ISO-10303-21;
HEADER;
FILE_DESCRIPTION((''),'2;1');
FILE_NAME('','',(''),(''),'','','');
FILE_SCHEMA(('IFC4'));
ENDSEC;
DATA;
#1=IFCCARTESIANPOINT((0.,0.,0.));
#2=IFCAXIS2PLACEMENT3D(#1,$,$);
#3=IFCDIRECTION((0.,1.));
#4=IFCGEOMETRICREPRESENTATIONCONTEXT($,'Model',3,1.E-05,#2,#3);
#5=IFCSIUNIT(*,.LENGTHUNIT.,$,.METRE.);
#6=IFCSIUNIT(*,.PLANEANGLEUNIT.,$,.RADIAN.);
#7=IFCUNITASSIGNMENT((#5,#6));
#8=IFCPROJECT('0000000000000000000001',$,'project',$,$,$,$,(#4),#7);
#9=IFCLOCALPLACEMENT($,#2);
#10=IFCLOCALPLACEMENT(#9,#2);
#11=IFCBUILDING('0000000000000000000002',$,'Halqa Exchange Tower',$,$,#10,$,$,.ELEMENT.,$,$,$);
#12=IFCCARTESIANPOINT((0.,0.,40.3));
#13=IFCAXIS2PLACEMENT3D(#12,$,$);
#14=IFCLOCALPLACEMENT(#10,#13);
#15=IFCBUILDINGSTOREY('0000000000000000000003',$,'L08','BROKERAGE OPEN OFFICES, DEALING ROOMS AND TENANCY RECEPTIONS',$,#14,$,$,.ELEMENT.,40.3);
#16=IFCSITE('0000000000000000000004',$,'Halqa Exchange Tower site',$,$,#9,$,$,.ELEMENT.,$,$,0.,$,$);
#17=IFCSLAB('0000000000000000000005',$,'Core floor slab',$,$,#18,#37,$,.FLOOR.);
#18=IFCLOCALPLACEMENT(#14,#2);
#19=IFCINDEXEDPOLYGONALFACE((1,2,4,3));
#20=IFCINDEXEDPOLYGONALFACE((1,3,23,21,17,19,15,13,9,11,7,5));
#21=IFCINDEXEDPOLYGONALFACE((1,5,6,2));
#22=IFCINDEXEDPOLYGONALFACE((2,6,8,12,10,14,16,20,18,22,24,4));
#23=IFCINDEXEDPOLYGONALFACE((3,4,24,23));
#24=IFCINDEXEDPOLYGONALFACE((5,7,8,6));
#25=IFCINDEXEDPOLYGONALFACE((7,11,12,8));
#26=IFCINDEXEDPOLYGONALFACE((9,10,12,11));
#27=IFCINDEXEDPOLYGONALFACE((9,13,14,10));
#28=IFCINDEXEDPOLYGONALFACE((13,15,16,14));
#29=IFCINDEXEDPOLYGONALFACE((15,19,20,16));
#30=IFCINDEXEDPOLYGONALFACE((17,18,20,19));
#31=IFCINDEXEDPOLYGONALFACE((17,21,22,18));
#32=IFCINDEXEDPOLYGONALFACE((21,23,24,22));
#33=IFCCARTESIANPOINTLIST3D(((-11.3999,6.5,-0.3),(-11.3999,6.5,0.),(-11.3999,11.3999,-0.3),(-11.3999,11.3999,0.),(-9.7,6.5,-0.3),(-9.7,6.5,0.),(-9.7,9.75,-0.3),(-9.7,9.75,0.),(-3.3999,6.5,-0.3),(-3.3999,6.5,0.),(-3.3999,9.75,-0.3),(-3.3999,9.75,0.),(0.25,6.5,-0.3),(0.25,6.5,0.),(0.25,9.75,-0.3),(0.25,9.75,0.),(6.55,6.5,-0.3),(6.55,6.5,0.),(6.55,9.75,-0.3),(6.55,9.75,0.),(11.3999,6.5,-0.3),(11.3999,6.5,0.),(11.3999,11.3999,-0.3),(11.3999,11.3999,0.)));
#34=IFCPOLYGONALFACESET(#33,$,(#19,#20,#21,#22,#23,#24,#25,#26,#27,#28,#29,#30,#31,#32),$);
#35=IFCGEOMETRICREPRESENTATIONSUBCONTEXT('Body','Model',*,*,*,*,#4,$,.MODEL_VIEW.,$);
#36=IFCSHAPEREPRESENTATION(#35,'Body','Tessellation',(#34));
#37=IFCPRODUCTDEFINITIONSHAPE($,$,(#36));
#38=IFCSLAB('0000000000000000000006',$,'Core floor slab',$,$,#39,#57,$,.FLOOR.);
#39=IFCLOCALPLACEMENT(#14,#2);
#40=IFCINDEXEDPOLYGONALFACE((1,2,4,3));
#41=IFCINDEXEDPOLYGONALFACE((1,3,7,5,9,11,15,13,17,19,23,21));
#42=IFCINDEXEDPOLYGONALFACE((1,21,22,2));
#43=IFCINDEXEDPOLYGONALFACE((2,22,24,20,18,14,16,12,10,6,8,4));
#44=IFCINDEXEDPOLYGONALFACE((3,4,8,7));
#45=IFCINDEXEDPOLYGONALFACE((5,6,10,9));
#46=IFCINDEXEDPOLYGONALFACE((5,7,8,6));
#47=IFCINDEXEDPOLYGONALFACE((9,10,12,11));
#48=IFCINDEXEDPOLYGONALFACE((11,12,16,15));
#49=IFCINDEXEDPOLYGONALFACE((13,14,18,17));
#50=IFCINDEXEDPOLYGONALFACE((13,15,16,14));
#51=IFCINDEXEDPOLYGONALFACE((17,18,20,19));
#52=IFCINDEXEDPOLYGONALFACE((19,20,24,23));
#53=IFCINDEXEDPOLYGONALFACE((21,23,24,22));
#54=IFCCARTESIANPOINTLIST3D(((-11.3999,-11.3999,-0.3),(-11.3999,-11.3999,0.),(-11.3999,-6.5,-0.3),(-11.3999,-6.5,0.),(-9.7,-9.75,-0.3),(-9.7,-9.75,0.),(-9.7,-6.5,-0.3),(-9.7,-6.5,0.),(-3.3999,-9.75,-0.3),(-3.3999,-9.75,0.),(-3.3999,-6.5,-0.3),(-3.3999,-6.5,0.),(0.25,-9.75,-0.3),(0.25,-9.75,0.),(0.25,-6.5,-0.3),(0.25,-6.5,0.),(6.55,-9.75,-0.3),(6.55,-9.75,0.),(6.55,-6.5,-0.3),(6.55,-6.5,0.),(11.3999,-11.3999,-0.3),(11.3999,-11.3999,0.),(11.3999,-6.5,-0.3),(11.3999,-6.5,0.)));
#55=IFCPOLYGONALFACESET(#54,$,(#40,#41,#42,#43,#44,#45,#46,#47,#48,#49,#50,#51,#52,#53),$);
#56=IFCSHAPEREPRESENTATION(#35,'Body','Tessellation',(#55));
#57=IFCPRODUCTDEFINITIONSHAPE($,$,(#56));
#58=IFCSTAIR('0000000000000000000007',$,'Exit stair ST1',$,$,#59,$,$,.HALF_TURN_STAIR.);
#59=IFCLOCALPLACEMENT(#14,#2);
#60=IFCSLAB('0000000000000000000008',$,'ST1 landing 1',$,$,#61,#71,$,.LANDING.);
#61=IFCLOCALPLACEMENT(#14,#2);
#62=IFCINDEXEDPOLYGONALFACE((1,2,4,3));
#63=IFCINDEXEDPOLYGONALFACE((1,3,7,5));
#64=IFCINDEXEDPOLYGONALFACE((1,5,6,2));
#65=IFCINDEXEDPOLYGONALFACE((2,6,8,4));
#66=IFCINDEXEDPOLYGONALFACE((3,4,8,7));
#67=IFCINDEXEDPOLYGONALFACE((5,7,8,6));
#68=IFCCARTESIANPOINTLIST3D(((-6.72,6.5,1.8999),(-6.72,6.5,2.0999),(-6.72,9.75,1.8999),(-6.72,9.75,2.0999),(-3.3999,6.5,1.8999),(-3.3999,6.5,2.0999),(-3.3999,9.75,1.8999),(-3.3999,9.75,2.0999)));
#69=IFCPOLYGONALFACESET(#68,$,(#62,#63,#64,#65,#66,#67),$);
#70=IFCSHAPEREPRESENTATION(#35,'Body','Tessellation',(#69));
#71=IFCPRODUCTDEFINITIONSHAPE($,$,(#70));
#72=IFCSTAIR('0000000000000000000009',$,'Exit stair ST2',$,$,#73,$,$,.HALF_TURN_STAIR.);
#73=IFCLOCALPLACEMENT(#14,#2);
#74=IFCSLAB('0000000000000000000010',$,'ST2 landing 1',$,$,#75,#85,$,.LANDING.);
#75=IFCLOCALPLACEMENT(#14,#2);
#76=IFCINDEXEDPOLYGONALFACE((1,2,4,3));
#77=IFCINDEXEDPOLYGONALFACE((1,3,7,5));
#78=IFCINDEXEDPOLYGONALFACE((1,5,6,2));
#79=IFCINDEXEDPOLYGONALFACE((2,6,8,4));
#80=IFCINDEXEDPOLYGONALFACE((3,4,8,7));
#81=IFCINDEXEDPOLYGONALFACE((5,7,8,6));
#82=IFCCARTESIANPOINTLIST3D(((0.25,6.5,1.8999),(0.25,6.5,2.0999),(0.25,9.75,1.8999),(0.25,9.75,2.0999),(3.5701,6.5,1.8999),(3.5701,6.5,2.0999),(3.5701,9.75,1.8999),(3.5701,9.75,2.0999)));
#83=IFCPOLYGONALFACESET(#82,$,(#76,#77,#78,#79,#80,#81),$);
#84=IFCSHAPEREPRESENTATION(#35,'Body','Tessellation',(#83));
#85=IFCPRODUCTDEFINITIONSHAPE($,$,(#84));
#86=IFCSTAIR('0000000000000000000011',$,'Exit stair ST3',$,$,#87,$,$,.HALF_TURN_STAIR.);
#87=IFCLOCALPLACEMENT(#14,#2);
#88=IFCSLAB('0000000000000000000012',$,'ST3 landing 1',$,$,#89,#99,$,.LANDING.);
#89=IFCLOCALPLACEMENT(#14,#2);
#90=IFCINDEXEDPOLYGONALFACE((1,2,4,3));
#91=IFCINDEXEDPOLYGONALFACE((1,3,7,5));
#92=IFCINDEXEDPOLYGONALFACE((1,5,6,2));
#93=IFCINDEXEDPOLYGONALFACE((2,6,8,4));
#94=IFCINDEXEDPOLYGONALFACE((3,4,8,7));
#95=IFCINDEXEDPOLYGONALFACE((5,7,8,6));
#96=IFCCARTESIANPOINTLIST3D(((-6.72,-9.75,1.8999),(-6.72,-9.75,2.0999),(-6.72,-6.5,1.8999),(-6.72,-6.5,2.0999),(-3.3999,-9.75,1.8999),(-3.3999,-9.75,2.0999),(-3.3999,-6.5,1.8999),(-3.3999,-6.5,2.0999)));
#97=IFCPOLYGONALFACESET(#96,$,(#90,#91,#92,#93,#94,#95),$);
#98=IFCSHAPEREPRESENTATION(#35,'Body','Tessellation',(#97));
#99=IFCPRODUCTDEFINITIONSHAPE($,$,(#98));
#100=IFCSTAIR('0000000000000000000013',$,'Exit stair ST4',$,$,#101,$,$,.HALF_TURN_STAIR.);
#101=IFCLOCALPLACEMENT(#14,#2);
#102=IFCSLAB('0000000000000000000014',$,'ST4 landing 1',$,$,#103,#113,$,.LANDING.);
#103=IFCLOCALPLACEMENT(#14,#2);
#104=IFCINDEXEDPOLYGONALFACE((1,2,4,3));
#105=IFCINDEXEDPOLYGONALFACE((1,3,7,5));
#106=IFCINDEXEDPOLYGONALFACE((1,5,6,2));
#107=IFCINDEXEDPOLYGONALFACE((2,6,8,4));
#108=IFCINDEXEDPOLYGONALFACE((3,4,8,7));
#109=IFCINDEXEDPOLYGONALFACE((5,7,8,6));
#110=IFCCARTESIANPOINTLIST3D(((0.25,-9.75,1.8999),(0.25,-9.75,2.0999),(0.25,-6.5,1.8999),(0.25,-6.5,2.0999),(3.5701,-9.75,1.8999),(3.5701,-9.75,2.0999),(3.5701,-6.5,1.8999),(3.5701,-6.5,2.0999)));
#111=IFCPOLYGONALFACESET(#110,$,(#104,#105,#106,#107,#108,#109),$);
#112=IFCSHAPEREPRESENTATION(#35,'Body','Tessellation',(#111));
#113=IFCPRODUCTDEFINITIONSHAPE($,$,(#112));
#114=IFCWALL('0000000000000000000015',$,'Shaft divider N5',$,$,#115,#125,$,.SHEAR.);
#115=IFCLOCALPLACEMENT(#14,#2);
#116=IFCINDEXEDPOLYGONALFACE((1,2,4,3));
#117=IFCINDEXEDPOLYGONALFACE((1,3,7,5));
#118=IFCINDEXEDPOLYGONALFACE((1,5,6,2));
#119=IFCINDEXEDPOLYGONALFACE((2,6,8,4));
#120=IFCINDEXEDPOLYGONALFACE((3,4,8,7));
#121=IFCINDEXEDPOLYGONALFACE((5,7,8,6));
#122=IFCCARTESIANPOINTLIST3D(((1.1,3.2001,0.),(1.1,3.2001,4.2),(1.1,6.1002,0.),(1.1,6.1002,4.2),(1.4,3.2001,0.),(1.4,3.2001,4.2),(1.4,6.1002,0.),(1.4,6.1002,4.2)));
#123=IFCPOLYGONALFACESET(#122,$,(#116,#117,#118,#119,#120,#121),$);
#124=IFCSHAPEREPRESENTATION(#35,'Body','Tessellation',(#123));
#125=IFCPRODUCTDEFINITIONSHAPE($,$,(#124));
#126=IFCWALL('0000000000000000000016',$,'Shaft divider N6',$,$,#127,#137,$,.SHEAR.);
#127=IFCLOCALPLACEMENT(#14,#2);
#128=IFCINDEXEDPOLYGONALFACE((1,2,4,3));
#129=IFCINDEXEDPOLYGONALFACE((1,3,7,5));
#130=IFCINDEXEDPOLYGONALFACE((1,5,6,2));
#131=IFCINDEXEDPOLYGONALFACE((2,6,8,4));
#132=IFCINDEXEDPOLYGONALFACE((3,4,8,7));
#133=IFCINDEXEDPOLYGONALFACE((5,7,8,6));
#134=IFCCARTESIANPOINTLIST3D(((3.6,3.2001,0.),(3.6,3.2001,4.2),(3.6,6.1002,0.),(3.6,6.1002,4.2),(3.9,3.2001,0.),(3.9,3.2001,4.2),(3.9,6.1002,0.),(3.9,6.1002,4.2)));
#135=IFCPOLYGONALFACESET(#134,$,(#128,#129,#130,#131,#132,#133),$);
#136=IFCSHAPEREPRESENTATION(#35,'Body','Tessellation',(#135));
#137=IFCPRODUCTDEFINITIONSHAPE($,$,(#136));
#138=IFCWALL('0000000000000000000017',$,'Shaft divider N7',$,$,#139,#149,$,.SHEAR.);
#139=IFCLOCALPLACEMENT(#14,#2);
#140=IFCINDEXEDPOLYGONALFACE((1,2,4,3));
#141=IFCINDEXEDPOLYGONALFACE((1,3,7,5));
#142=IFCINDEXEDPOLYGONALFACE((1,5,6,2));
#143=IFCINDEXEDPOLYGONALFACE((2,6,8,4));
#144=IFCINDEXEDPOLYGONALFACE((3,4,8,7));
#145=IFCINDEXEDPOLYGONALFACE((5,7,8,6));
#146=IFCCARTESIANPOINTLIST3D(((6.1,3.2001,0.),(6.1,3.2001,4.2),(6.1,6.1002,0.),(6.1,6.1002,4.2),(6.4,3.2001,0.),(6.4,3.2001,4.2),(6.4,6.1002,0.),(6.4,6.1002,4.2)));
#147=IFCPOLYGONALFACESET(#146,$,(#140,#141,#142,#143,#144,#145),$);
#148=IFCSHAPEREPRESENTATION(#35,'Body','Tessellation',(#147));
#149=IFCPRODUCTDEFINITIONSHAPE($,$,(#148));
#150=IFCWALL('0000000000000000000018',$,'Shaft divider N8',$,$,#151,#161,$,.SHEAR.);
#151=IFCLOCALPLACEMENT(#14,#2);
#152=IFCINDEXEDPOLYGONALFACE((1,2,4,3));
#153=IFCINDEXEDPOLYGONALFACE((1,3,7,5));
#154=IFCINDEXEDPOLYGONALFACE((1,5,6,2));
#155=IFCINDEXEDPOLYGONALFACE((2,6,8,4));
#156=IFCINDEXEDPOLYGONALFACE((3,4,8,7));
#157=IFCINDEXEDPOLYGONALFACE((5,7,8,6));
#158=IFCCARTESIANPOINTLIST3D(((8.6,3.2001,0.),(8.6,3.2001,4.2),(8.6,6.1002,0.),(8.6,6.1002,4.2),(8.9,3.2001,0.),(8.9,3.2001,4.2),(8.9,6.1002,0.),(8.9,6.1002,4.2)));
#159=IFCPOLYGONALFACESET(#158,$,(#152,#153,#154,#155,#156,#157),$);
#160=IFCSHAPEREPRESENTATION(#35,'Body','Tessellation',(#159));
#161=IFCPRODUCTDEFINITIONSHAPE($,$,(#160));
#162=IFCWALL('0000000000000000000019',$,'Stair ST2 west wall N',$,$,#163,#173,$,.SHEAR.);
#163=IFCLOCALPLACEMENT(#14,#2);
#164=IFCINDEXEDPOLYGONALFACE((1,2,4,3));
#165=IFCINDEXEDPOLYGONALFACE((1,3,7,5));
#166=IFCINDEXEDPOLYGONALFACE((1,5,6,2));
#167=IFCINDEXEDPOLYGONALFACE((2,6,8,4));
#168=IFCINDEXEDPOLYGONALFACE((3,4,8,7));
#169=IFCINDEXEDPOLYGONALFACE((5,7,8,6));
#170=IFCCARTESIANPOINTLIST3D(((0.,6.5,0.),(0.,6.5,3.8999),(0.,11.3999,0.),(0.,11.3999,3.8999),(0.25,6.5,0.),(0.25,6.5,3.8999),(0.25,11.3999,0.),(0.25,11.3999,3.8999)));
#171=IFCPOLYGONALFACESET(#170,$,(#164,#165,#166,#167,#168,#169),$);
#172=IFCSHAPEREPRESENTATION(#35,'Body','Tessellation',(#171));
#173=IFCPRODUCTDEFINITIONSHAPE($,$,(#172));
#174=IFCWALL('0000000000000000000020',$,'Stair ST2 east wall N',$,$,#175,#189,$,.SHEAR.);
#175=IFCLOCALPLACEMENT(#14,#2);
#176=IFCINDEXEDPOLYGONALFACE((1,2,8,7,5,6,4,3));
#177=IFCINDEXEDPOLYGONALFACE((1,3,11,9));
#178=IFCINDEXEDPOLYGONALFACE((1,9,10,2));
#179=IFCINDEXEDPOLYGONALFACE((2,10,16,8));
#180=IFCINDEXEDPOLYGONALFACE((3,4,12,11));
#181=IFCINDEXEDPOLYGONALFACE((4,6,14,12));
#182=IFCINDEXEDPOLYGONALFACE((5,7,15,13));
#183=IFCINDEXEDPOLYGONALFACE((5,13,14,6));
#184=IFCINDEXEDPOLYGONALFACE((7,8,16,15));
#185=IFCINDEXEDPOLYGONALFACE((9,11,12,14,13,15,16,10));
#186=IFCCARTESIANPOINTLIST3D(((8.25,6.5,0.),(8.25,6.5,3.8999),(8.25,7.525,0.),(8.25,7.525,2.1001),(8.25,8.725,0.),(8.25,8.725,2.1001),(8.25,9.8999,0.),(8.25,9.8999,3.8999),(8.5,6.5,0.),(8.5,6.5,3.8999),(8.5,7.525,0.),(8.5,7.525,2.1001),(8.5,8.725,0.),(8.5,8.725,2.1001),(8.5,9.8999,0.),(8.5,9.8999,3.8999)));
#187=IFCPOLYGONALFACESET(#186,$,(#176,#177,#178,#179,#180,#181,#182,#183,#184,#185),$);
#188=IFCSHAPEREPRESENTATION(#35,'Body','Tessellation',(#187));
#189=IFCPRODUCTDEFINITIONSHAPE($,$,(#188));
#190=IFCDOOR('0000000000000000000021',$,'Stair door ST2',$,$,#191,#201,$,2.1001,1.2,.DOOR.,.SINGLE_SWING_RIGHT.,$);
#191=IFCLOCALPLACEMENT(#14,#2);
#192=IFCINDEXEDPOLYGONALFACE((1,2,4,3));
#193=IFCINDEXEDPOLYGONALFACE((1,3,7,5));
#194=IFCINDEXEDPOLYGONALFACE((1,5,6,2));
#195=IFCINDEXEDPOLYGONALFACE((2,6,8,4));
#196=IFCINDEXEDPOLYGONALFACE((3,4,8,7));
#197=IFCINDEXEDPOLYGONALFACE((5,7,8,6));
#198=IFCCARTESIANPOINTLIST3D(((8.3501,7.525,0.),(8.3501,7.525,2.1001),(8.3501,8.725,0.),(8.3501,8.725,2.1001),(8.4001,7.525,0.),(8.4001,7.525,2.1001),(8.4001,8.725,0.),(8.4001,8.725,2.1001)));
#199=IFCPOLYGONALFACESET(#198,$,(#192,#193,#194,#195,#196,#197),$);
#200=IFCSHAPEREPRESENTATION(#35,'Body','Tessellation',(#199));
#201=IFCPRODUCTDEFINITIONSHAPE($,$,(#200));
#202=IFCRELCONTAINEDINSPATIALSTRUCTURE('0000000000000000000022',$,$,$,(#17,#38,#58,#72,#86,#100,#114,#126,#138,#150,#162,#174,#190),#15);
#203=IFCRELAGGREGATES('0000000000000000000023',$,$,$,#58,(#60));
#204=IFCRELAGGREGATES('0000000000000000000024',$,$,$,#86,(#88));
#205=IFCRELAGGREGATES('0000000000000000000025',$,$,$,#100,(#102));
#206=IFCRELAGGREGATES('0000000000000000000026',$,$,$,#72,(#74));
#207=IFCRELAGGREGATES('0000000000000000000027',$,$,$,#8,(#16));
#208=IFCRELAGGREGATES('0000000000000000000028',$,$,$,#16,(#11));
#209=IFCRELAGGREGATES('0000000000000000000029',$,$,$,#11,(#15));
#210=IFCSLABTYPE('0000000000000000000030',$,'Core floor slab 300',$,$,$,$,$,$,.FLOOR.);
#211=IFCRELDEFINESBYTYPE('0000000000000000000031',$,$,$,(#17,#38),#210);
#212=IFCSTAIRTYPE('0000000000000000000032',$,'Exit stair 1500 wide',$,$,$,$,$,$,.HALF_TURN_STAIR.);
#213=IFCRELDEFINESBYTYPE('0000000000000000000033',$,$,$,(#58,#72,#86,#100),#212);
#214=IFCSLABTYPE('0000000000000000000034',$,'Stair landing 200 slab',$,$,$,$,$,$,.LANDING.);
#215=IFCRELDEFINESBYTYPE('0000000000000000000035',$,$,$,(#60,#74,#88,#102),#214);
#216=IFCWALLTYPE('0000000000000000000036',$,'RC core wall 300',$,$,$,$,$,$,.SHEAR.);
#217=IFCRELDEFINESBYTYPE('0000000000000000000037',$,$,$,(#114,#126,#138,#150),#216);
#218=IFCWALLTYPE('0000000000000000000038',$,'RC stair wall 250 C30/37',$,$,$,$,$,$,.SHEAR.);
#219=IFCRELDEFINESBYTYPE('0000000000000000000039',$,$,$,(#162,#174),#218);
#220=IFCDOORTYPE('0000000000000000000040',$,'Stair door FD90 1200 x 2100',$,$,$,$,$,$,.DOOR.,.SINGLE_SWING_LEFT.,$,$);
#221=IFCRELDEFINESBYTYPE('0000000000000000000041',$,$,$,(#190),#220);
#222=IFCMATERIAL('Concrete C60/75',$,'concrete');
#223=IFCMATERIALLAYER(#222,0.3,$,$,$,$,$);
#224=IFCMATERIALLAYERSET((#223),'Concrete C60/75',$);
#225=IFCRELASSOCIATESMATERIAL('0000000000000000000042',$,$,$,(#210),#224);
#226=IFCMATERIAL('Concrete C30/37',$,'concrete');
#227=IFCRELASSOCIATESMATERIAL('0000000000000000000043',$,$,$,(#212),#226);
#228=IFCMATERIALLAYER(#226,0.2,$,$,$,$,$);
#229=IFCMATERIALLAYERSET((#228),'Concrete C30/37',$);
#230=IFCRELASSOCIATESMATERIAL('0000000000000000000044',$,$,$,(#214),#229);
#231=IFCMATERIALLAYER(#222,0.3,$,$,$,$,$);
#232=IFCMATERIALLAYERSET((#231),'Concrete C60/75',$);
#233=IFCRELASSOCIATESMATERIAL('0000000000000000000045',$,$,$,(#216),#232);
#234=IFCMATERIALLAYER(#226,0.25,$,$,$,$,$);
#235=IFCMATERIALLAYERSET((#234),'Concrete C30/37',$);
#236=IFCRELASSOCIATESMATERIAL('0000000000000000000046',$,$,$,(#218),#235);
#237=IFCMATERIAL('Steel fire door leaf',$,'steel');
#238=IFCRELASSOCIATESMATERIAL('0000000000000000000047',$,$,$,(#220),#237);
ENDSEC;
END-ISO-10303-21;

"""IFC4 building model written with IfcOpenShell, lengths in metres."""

from ifc_helpers import new_model, si_unit, direction, frame, frame_2d, origin, place, context, subcontext, project, spatial, polyline, rectangle, outline, extrude, material, layer, layer_set, type_object, element, fill, aggregate, save


model = new_model("IFC4")

# Units and contexts
model_context = context("Model", 3, precision=1e-05, world=origin(), true_north=direction((0.0, 1.0)))
body_context = subcontext(model_context, "Body", "Model", "MODEL_VIEW")
ifc_project = project(units=[si_unit("LENGTHUNIT", "METRE"), si_unit("PLANEANGLEUNIT", "RADIAN")], contexts=[model_context])

# Site, building, storey
site_placement = place(None, origin())
site = spatial("IfcSite", under=ifc_project, at=site_placement, Name="Halqa Exchange Tower site", CompositionType="ELEMENT", RefElevation=0.0)
building_placement = place(site_placement, origin())
building = spatial("IfcBuilding", under=site, at=building_placement, Name="Halqa Exchange Tower", CompositionType="ELEMENT")
storey_placement = place(building_placement, frame((0.0, 0.0, 40.3)))
storey = spatial("IfcBuildingStorey", under=building, at=storey_placement, Name="L08", Description="BROKERAGE OPEN OFFICES, DEALING ROOMS AND TENANCY RECEPTIONS", CompositionType="ELEMENT", Elevation=40.3)

# Slabs
ifc_material_1 = material(Name="Concrete C60/75", Category="concrete")
ifc_layer_1 = layer(ifc_material_1, 0.3)
ifc_layer_set_1 = layer_set([ifc_layer_1], Name="Concrete C60/75")
slab_type_1 = type_object("IfcSlabType", Name="Core floor slab 300", PredefinedType="FLOOR", material=ifc_layer_set_1)
slab_1_placement = place(storey_placement, frame((0.0, 0.0, -0.3)))
element("IfcSlab", 1, at=slab_1_placement, inside=storey, type_object=slab_type_1, Name="Core floor slab", PredefinedType="FLOOR", context=body_context, shape_type="SweptSolid", body=[
    extrude(outline(polyline([(-11.3999, 11.3999), (11.3999, 11.3999), (11.3999, 6.5), (6.55, 6.5), (6.55, 9.75), (0.25, 9.75), (0.25, 6.5), (-3.3999, 6.5), (-3.3999, 9.75), (-9.7, 9.75), (-9.7, 6.5), (-11.3999, 6.5), (-11.3999, 11.3999)])), origin(), (0.0, 0.0, 1.0), 0.3),
])
slab_2_placement = place(storey_placement, frame((0.0, 0.0, -0.3)))
element("IfcSlab", 2, at=slab_2_placement, inside=storey, type_object=slab_type_1, Name="Core floor slab", PredefinedType="FLOOR", context=body_context, shape_type="SweptSolid", body=[
    extrude(outline(polyline([(-9.7, -9.75), (-3.3999, -9.75), (-3.3999, -6.5), (0.25, -6.5), (0.25, -9.75), (6.55, -9.75), (6.55, -6.5), (11.3999, -6.5), (11.3999, -11.3999), (-11.3999, -11.3999), (-11.3999, -6.5), (-9.7, -6.5), (-9.7, -9.75)])), origin(), (0.0, 0.0, 1.0), 0.3),
])

# Stairs, slabs
ifc_material_2 = material(Name="Concrete C30/37", Category="concrete")
stair_type = type_object("IfcStairType", Name="Exit stair 1500 wide", PredefinedType="HALF_TURN_STAIR", material=ifc_material_2)
stair_1_placement = place(storey_placement, origin())
stair_1 = element("IfcStair", 3, at=stair_1_placement, inside=storey, type_object=stair_type, Name="Exit stair ST1", PredefinedType="HALF_TURN_STAIR")
ifc_layer_2 = layer(ifc_material_2, 0.2)
ifc_layer_set_2 = layer_set([ifc_layer_2], Name="Concrete C30/37")
slab_type_2 = type_object("IfcSlabType", Name="Stair landing 200 slab", PredefinedType="LANDING", material=ifc_layer_set_2)
slab_3_placement = place(storey_placement, frame((0.0, 0.0, 1.8999)))
slab_3 = element("IfcSlab", 4, at=slab_3_placement, type_object=slab_type_2, Name="ST1 landing 1", PredefinedType="LANDING", context=body_context, shape_type="SweptSolid", body=[
    extrude(outline(polyline([(-6.72, 6.5), (-3.3999, 6.5), (-3.3999, 9.75), (-6.72, 9.75), (-6.72, 6.5)])), origin(), (0.0, 0.0, 1.0), 0.2),
])
aggregate(stair_1, [slab_3])
stair_2_placement = place(storey_placement, origin())
stair_2 = element("IfcStair", 5, at=stair_2_placement, inside=storey, type_object=stair_type, Name="Exit stair ST2", PredefinedType="HALF_TURN_STAIR")
slab_4_placement = place(storey_placement, frame((0.0, 0.0, 1.8999)))
slab_4 = element("IfcSlab", 6, at=slab_4_placement, type_object=slab_type_2, Name="ST2 landing 1", PredefinedType="LANDING", context=body_context, shape_type="SweptSolid", body=[
    extrude(outline(polyline([(0.25, 6.5), (3.5701, 6.5), (3.5701, 9.75), (0.25, 9.75), (0.25, 6.5)])), origin(), (0.0, 0.0, 1.0), 0.2),
])
stair_3_placement = place(storey_placement, origin())
stair_3 = element("IfcStair", 7, at=stair_3_placement, inside=storey, type_object=stair_type, Name="Exit stair ST3", PredefinedType="HALF_TURN_STAIR")
slab_5_placement = place(storey_placement, frame((0.0, 0.0, 1.8999)))
slab_5 = element("IfcSlab", 8, at=slab_5_placement, type_object=slab_type_2, Name="ST3 landing 1", PredefinedType="LANDING", context=body_context, shape_type="SweptSolid", body=[
    extrude(outline(polyline([(-6.72, -9.75), (-3.3999, -9.75), (-3.3999, -6.5), (-6.72, -6.5), (-6.72, -9.75)])), origin(), (0.0, 0.0, 1.0), 0.2),
])
aggregate(stair_3, [slab_5])
stair_4_placement = place(storey_placement, origin())
stair_4 = element("IfcStair", 9, at=stair_4_placement, inside=storey, type_object=stair_type, Name="Exit stair ST4", PredefinedType="HALF_TURN_STAIR")
slab_6_placement = place(storey_placement, frame((0.0, 0.0, 1.8999)))
slab_6 = element("IfcSlab", 10, at=slab_6_placement, type_object=slab_type_2, Name="ST4 landing 1", PredefinedType="LANDING", context=body_context, shape_type="SweptSolid", body=[
    extrude(outline(polyline([(0.25, -9.75), (3.5701, -9.75), (3.5701, -6.5), (0.25, -6.5), (0.25, -9.75)])), origin(), (0.0, 0.0, 1.0), 0.2),
])
aggregate(stair_4, [slab_6])

# Walls
ifc_layer_3 = layer(ifc_material_1, 0.3)
ifc_layer_set_3 = layer_set([ifc_layer_3], Name="Concrete C60/75")
wall_type_1 = type_object("IfcWallType", Name="RC core wall 300", PredefinedType="SHEAR", material=ifc_layer_set_3)
for number, where, z_axis, x_axis, name in (
    (11, (1.25, 3.2, 0.0), (0.0, 0.0, 1.0), (0.0, 1.0, 0.0), "Shaft divider N5"),
    (12, (3.75, 3.2, 0.0), (0.0, 0.0, 1.0), (0.0, 1.0, 0.0), "Shaft divider N6"),
    (13, (6.25, 3.2, 0.0), (0.0, 0.0, 1.0), (0.0, 1.0, 0.0), "Shaft divider N7"),
    (14, (8.75, 3.2, 0.0), (0.0, 0.0, 1.0), (0.0, 1.0, 0.0), "Shaft divider N8"),
):
    element("IfcWall", number, at=place(storey_placement, frame(where, z_axis=z_axis, x_axis=x_axis)), inside=storey, type_object=wall_type_1, Name=name, PredefinedType="SHEAR", context=body_context, shape_type="SweptSolid", body=[
        extrude(rectangle(XDim=2.9001, YDim=0.3, at=frame_2d((1.4502, 0.0))), origin(), (0.0, 0.0, 1.0), 4.2),
    ])
ifc_layer_4 = layer(ifc_material_2, 0.25)
ifc_layer_set_4 = layer_set([ifc_layer_4], Name="Concrete C30/37")
wall_type_2 = type_object("IfcWallType", Name="RC stair wall 250 C30/37", PredefinedType="SHEAR", material=ifc_layer_set_4)
wall_1_placement = place(storey_placement, frame((0.125, 6.5, 0.0), z_axis=(0.0, 0.0, 1.0), x_axis=(0.0, 1.0, 0.0)))
element("IfcWall", 15, at=wall_1_placement, inside=storey, type_object=wall_type_2, Name="Stair ST2 west wall N", PredefinedType="SHEAR", context=body_context, shape_type="SweptSolid", body=[
    extrude(rectangle(XDim=4.8999, YDim=0.25, at=frame_2d((2.45, 0.0))), origin(), (0.0, 0.0, 1.0), 3.8999),
])

# Wall, opening, door
wall_2_placement = place(storey_placement, frame((8.375, 6.5, 0.0), z_axis=(0.0, 0.0, 1.0), x_axis=(0.0, 1.0, 0.0)))
wall_2 = element("IfcWall", 16, at=wall_2_placement, inside=storey, type_object=wall_type_2, Name="Stair ST2 east wall N", PredefinedType="SHEAR", context=body_context, shape_type="SweptSolid", body=[
    extrude(rectangle(XDim=3.3999, YDim=0.25, at=frame_2d((1.7, 0.0))), origin(), (0.0, 0.0, 1.0), 3.8999),
])
opening_placement = place(wall_2_placement, frame((1.0249, 0.0, 0.0)))
opening = element("IfcOpeningElement", 17, at=opening_placement, cuts=wall_2, PredefinedType="OPENING", context=body_context, shape_type="SweptSolid", body=[
    extrude(rectangle(XDim=1.2, YDim=2.1001, at=frame_2d((0.6001, 1.05))), frame((0.0, 0.137, 0.0), z_axis=(0.0, -1.0, 0.0), x_axis=(1.0, 0.0, 0.0)), (0.0, 0.0, 1.0), 0.2739),
])
ifc_material_3 = material(Name="Steel fire door leaf", Category="steel")
door_type = type_object("IfcDoorType", Name="Stair door FD90 1200 x 2100", OperationType="SINGLE_SWING_LEFT", PredefinedType="DOOR", material=ifc_material_3)
door_placement = place(opening_placement, origin())
door = element("IfcDoor", 18, at=door_placement, inside=storey, type_object=door_type, Name="Stair door ST2", OperationType="SINGLE_SWING_RIGHT", OverallHeight=2.1001, OverallWidth=1.2, PredefinedType="DOOR", context=body_context, shape_type="SweptSolid", body=[
    extrude(rectangle(XDim=1.2, YDim=2.1001, at=frame_2d((0.6001, 1.05))), frame((0.0, 0.0249, 0.0), z_axis=(0.0, -1.0, 0.0), x_axis=(1.0, 0.0, 0.0)), (0.0, 0.0, 1.0), 0.05),
])
fill(opening, door)

aggregate(stair_2, [slab_4])

save(model, "model.ifc")
